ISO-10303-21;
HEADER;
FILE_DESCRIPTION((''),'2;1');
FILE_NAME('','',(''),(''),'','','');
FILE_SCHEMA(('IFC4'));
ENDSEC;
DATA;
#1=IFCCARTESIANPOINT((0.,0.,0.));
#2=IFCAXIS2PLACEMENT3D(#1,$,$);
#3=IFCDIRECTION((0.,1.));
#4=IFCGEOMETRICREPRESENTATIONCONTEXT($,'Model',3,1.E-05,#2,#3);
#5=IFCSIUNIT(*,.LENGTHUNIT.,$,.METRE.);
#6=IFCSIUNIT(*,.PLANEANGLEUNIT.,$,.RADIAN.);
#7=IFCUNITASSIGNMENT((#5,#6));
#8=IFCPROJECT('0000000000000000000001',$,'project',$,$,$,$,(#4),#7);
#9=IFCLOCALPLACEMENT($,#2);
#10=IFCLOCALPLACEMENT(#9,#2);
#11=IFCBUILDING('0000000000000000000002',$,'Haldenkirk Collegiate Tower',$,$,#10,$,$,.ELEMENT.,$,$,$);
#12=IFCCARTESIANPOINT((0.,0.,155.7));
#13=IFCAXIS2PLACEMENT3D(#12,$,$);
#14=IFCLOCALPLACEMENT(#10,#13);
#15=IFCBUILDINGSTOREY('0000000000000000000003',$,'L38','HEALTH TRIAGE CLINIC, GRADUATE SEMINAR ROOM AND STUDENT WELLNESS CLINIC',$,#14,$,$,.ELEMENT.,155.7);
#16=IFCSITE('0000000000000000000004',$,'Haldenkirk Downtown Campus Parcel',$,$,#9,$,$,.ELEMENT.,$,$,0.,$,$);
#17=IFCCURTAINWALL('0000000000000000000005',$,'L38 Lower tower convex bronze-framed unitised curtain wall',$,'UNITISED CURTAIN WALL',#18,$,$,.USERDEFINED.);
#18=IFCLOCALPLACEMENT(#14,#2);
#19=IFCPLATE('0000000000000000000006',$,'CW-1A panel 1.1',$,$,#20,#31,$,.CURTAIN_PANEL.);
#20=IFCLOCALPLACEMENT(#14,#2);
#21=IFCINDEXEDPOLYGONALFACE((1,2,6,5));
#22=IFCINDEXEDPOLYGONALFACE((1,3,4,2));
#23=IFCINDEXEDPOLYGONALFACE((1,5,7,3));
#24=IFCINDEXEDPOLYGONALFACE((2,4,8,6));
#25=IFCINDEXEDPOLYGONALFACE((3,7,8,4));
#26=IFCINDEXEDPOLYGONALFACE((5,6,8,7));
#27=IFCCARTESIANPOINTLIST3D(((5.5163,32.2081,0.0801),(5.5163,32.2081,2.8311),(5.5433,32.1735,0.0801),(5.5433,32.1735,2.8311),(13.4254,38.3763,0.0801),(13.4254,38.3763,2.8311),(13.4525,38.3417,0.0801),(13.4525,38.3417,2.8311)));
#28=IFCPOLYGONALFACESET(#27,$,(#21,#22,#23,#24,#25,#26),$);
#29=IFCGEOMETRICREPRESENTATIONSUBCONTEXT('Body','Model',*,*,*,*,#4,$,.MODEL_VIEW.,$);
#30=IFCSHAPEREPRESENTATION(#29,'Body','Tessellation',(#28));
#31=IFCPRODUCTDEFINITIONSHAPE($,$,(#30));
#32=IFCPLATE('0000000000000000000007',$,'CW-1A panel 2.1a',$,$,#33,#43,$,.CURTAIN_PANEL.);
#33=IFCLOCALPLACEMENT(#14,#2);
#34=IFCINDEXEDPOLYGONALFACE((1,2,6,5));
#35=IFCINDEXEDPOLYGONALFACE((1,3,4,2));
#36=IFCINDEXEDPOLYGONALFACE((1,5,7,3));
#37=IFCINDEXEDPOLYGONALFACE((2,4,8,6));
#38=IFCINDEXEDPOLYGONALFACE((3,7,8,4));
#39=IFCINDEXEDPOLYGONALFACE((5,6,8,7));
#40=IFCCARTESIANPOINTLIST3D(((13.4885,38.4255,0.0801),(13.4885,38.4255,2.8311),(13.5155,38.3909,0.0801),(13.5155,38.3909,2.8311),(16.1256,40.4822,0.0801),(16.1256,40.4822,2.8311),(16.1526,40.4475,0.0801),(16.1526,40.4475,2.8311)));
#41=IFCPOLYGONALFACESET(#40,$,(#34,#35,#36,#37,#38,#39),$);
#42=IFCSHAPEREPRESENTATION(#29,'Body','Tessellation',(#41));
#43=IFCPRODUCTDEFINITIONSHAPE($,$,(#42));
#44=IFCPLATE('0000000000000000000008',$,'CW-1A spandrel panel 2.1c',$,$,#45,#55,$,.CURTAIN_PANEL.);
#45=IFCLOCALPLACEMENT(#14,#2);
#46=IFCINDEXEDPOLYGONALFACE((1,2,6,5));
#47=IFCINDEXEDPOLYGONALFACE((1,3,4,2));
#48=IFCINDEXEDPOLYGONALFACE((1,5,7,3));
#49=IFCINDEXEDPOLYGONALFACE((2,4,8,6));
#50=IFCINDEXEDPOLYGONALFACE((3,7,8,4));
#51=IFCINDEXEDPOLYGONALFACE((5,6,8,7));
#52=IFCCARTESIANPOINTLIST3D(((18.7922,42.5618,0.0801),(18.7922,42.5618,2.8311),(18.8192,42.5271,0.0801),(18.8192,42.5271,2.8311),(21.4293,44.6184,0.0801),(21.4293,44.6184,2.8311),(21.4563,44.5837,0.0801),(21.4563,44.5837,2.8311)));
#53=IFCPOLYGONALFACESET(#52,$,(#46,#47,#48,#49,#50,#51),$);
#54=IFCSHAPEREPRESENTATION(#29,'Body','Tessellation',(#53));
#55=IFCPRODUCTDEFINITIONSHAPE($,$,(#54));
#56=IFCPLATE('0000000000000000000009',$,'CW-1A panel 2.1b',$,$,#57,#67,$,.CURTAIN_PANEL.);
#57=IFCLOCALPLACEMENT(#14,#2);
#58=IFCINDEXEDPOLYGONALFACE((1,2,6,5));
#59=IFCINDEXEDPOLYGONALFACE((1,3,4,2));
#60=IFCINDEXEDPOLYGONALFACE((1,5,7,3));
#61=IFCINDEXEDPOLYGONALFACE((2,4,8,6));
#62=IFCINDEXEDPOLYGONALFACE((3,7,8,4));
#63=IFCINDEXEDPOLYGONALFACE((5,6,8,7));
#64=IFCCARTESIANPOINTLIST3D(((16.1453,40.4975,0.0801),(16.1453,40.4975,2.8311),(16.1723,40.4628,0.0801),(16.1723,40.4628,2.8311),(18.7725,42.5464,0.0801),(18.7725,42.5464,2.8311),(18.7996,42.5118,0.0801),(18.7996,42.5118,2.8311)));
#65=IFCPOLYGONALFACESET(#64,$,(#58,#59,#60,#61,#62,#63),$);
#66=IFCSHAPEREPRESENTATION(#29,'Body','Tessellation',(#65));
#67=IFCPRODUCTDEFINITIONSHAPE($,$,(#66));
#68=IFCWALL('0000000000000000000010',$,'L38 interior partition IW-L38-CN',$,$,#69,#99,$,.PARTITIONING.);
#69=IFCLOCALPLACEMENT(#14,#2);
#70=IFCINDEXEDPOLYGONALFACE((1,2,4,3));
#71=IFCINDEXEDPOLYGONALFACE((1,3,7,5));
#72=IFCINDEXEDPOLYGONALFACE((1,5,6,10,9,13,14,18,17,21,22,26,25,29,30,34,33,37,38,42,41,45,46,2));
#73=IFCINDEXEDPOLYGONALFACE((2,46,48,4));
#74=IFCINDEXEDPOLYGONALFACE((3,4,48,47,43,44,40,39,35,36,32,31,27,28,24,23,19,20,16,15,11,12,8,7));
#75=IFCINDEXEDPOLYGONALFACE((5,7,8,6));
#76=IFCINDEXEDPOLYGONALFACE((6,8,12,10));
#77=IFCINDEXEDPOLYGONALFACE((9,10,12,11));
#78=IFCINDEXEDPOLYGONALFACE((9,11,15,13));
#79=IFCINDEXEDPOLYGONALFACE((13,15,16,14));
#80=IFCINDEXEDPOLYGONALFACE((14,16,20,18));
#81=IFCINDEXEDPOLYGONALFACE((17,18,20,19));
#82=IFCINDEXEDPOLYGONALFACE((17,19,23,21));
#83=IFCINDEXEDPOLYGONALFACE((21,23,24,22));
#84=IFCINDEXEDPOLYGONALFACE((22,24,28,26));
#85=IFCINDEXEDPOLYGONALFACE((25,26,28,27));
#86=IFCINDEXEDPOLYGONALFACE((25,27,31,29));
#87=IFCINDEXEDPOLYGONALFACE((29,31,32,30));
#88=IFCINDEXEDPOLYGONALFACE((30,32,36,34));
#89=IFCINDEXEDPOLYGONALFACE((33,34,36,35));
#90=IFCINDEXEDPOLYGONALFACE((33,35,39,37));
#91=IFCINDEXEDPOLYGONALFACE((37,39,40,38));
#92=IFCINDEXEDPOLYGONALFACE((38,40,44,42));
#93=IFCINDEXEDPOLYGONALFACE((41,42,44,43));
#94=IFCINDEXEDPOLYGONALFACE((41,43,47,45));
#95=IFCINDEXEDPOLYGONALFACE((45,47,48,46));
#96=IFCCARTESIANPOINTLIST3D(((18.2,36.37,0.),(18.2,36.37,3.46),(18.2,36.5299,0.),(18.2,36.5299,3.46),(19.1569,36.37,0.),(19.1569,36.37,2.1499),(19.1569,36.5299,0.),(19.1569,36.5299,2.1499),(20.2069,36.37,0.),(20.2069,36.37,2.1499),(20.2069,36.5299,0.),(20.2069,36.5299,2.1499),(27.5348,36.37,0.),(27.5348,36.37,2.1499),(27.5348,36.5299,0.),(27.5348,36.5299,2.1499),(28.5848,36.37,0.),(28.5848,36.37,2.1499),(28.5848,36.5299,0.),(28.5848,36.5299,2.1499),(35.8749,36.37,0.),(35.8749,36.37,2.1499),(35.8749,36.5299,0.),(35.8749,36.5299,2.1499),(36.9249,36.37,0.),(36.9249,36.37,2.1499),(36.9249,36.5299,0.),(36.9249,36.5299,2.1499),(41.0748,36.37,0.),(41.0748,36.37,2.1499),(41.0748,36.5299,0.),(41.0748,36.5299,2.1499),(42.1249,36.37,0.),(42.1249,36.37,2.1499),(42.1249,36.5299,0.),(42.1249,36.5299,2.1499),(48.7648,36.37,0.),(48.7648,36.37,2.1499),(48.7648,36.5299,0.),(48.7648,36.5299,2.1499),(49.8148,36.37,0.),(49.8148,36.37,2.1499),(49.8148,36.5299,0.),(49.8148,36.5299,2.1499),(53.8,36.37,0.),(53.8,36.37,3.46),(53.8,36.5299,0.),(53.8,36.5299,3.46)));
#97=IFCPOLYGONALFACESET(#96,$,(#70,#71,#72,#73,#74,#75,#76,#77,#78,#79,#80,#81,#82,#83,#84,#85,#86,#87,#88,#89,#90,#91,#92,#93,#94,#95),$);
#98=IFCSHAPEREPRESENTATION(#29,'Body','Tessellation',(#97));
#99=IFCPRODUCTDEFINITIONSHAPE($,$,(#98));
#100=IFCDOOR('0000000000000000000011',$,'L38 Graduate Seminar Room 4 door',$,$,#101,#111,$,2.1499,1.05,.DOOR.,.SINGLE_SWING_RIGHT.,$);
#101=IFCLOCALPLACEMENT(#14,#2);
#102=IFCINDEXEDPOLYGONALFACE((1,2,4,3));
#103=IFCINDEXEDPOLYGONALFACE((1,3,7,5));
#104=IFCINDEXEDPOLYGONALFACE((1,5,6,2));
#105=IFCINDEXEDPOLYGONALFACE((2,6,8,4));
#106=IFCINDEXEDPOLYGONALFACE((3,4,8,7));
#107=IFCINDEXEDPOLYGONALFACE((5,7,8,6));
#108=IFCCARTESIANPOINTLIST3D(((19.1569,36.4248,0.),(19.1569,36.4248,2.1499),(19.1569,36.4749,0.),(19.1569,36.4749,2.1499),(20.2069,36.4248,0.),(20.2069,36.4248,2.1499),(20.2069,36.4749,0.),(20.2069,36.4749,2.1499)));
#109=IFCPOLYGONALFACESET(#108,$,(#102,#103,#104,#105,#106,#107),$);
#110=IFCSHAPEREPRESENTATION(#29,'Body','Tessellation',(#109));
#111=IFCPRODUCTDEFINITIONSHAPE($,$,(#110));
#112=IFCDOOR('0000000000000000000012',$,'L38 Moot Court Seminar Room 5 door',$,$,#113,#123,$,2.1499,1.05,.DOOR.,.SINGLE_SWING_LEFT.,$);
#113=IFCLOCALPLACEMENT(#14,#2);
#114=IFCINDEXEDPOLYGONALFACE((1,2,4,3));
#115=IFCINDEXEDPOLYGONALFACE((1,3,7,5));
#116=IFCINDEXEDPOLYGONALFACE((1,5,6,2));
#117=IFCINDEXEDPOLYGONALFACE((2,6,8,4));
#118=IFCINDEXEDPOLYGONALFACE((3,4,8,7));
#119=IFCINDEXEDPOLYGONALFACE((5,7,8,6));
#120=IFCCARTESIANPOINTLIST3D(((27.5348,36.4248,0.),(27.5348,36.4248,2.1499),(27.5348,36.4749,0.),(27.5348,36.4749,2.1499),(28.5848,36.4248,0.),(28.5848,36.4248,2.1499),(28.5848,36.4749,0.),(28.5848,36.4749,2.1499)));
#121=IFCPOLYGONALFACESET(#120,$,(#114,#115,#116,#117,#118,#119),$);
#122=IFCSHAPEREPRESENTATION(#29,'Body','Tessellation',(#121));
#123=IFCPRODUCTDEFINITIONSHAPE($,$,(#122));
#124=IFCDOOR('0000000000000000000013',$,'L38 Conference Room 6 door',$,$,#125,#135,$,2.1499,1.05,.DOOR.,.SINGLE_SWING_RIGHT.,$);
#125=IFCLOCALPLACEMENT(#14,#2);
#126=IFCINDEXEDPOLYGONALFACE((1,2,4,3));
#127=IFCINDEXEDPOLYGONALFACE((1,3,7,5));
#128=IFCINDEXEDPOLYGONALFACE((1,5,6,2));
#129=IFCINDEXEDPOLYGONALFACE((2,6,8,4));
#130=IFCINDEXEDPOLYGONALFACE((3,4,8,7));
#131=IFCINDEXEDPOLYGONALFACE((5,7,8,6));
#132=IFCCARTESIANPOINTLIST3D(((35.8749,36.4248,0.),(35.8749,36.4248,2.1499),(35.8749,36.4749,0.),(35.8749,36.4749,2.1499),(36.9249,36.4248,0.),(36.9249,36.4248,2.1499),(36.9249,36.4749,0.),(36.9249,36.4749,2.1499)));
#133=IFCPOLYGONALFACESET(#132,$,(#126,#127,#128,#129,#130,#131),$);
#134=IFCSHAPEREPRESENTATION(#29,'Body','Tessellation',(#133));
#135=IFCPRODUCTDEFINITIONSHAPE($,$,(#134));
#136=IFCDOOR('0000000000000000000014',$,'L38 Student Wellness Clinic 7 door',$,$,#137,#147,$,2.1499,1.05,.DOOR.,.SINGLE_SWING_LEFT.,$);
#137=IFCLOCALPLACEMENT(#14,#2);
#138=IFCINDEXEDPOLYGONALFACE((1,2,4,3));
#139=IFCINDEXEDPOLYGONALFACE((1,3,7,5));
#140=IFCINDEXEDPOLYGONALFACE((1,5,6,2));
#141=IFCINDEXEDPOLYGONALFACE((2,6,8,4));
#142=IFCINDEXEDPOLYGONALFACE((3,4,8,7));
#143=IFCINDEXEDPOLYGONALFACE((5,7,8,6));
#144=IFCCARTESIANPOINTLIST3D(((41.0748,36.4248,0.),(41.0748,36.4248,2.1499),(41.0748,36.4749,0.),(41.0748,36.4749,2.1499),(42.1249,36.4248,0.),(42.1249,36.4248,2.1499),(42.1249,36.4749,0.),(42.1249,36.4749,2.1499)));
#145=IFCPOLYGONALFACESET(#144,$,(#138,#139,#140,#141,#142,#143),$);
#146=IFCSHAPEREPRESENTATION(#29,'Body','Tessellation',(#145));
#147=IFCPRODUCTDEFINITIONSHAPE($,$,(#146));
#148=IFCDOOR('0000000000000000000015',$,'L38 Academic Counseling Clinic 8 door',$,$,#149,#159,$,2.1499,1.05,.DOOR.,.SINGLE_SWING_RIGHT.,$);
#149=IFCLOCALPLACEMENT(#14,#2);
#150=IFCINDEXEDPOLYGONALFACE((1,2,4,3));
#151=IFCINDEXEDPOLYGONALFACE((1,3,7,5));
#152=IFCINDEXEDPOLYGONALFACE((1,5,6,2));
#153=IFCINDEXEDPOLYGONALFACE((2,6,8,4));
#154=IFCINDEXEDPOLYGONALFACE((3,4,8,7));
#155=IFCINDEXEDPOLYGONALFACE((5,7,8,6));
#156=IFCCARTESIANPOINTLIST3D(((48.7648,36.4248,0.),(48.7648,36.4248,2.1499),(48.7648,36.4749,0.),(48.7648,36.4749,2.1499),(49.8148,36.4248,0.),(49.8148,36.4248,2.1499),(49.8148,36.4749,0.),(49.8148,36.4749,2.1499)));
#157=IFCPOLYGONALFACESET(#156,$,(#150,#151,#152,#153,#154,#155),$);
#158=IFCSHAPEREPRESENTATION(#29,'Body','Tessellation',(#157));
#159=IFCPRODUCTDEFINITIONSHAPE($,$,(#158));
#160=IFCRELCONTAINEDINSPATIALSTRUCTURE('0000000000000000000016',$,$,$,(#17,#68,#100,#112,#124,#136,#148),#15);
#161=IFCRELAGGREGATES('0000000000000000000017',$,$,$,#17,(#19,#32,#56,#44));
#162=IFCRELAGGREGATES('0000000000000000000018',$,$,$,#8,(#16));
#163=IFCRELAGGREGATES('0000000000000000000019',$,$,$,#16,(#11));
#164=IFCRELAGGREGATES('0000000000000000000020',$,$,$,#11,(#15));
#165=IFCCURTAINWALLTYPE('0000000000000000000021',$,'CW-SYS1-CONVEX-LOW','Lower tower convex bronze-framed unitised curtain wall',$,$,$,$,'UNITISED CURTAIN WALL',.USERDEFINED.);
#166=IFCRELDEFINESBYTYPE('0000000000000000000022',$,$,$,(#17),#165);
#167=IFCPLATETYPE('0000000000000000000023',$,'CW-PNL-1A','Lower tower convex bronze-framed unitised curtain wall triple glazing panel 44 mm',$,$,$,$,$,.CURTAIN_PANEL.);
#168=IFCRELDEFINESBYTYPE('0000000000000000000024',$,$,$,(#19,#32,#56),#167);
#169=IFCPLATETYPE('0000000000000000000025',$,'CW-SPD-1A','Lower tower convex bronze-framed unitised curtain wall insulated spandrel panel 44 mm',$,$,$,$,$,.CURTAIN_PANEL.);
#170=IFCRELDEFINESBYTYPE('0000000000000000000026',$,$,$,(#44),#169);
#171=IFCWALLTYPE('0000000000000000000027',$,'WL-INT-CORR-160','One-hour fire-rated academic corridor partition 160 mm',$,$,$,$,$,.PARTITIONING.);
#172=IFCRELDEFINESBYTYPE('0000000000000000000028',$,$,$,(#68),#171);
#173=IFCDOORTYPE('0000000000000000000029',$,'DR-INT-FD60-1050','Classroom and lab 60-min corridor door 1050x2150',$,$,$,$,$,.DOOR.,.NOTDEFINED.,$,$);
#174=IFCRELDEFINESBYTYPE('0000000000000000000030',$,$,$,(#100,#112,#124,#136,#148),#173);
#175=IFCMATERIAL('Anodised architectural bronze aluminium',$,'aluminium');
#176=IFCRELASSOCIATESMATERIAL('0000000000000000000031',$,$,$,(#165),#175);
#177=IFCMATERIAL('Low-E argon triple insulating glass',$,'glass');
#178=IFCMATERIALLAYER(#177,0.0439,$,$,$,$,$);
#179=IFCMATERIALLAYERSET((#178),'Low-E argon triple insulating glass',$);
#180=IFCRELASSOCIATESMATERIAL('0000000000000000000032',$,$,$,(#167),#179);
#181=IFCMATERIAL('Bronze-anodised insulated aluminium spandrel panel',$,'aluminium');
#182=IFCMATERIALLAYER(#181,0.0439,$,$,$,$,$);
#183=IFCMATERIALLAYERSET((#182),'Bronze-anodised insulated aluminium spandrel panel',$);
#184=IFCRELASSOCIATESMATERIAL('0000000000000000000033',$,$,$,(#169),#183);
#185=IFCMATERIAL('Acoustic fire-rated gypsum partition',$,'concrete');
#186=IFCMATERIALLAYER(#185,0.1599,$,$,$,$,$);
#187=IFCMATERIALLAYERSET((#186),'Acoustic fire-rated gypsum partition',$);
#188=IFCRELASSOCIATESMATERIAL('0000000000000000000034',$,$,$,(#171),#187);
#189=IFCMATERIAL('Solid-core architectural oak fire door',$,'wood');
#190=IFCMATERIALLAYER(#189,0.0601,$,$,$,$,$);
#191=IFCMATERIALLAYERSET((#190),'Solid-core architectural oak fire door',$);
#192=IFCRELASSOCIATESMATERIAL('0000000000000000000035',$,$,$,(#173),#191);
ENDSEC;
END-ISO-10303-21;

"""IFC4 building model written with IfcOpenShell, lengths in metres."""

from ifc_helpers import new_model, si_unit, direction, frame, frame_2d, origin, origin_2d, place, context, subcontext, project, spatial, rectangle, extrude, source, transform, mapped, material, layer, layer_set, type_object, element, fill, aggregate, save


model = new_model("IFC4")

# Units and contexts
model_context = context("Model", 3, precision=1e-05, world=origin(), true_north=direction((0.0, 1.0)))
body_context = subcontext(model_context, "Body", "Model", "MODEL_VIEW")
ifc_project = project(units=[si_unit("LENGTHUNIT", "METRE"), si_unit("PLANEANGLEUNIT", "RADIAN")], contexts=[model_context])

# Site, building, storey
site_placement = place(None, origin())
site = spatial("IfcSite", under=ifc_project, at=site_placement, Name="Haldenkirk Downtown Campus Parcel", CompositionType="ELEMENT", RefElevation=0.0)
building_placement = place(site_placement, origin())
building = spatial("IfcBuilding", under=site, at=building_placement, Name="Haldenkirk Collegiate Tower", CompositionType="ELEMENT")
storey_placement = place(building_placement, frame((0.0, 0.0, 155.7)))
storey = spatial("IfcBuildingStorey", under=building, at=storey_placement, Name="L38", Description="HEALTH TRIAGE CLINIC, GRADUATE SEMINAR ROOM AND STUDENT WELLNESS CLINIC", CompositionType="ELEMENT", Elevation=155.7)

# Curtain wall, plates
ifc_material_1 = material(Name="Anodised architectural bronze aluminium", Category="aluminium")
curtain_wall_type = type_object("IfcCurtainWallType", Name="CW-SYS1-CONVEX-LOW", Description="Lower tower convex bronze-framed unitised curtain wall", ElementType="UNITISED CURTAIN WALL", PredefinedType="USERDEFINED", material=ifc_material_1)
curtain_wall_placement = place(storey_placement, origin())
curtain_wall = element("IfcCurtainWall", 1, at=curtain_wall_placement, inside=storey, type_object=curtain_wall_type, Name="L38 Lower tower convex bronze-framed unitised curtain wall", ObjectType="UNITISED CURTAIN WALL", PredefinedType="USERDEFINED")
ifc_material_2 = material(Name="Low-E argon triple insulating glass", Category="glass")
ifc_layer_1 = layer(ifc_material_2, 0.0439)
ifc_layer_set_1 = layer_set([ifc_layer_1], Name="Low-E argon triple insulating glass")
plate_type_1 = type_object("IfcPlateType", Name="CW-PNL-1A", Description="Lower tower convex bronze-framed unitised curtain wall triple glazing panel 44 mm", PredefinedType="CURTAIN_PANEL", material=ifc_layer_set_1)
shared_shape_1 = source(origin(), body_context, "Body", "SweptSolid", [
    extrude(rectangle(XDim=10.03, YDim=0.0439, at=origin_2d()), origin(), (0.0, 0.0, 1.0), 2.751),
])
plate_1_placement = place(storey_placement, frame((9.4844, 35.2749, 0.0801), z_axis=(0.0, 0.0, 1.0), x_axis=(0.788548, 0.614974, 0.0)))
plate_1 = element("IfcPlate", 2, at=plate_1_placement, type_object=plate_type_1, Name="CW-1A panel 1.1", PredefinedType="CURTAIN_PANEL", context=body_context, shape_type="MappedRepresentation", body=[
    mapped(shared_shape_1, transform((0.0, 0.0, 0.0), x_axis=(1.0, 0.0, 0.0), y_axis=(0.0, 1.0, 0.0), z_axis=(0.0, 0.0, 1.0), scale=1.0)),
])
shared_shape_2 = source(origin(), body_context, "Body", "SweptSolid", [
    extrude(rectangle(XDim=3.3442, YDim=0.0439, at=origin_2d()), origin(), (0.0, 0.0, 1.0), 2.751),
])
plate_2_placement = place(storey_placement, frame((14.8206, 39.4365, 0.0801), z_axis=(0.0, 0.0, 1.0), x_axis=(0.788548, 0.614974, 0.0)))
plate_2 = element("IfcPlate", 3, at=plate_2_placement, type_object=plate_type_1, Name="CW-1A panel 2.1a", PredefinedType="CURTAIN_PANEL", context=body_context, shape_type="MappedRepresentation", body=[
    mapped(shared_shape_2, transform((0.0, 0.0, 0.0), x_axis=(1.0, 0.0, 0.0), y_axis=(0.0, 1.0, 0.0), z_axis=(0.0, 0.0, 1.0), scale=1.0)),
])
ifc_material_3 = material(Name="Bronze-anodised insulated aluminium spandrel panel", Category="aluminium")
ifc_layer_2 = layer(ifc_material_3, 0.0439)
ifc_layer_set_2 = layer_set([ifc_layer_2], Name="Bronze-anodised insulated aluminium spandrel panel")
plate_type_2 = type_object("IfcPlateType", Name="CW-SPD-1A", Description="Lower tower convex bronze-framed unitised curtain wall insulated spandrel panel 44 mm", PredefinedType="CURTAIN_PANEL", material=ifc_layer_set_2)
plate_3_placement = place(storey_placement, frame((20.1243, 43.5728, 0.0801), z_axis=(0.0, 0.0, 1.0), x_axis=(0.788548, 0.614974, 0.0)))
plate_3 = element("IfcPlate", 4, at=plate_3_placement, type_object=plate_type_2, Name="CW-1A spandrel panel 2.1c", PredefinedType="CURTAIN_PANEL", context=body_context, shape_type="MappedRepresentation", body=[
    mapped(shared_shape_2, transform((0.0, 0.0, 0.0), x_axis=(1.0, 0.0, 0.0), y_axis=(0.0, 1.0, 0.0), z_axis=(0.0, 0.0, 1.0), scale=1.0)),
])
shared_shape_3 = source(origin(), body_context, "Body", "SweptSolid", [
    extrude(rectangle(XDim=3.3318, YDim=0.0439, at=origin_2d()), origin(), (0.0, 0.0, 1.0), 2.751),
])
plate_4_placement = place(storey_placement, frame((17.4724, 41.5046, 0.0801), z_axis=(0.0, 0.0, 1.0), x_axis=(0.788548, 0.614974, 0.0)))
plate_4 = element("IfcPlate", 5, at=plate_4_placement, type_object=plate_type_1, Name="CW-1A panel 2.1b", PredefinedType="CURTAIN_PANEL", context=body_context, shape_type="MappedRepresentation", body=[
    mapped(shared_shape_3, transform((0.0, 0.0, 0.0), x_axis=(1.0, 0.0, 0.0), y_axis=(0.0, 1.0, 0.0), z_axis=(0.0, 0.0, 1.0), scale=1.0)),
])
aggregate(curtain_wall, [plate_1, plate_2, plate_4, plate_3])

# Wall, openings, doors
ifc_material_4 = material(Name="Acoustic fire-rated gypsum partition", Category="concrete")
ifc_layer_3 = layer(ifc_material_4, 0.1599)
ifc_layer_set_3 = layer_set([ifc_layer_3], Name="Acoustic fire-rated gypsum partition")
wall_type_1 = type_object("IfcWallType", Name="WL-INT-CORR-160", Description="One-hour fire-rated academic corridor partition 160 mm", PredefinedType="PARTITIONING", material=ifc_layer_set_3)
wall_1_placement = place(storey_placement, frame((18.2, 36.45, 0.0), z_axis=(0.0, 0.0, 1.0), x_axis=(1.0, 0.0, 0.0)))
wall_1 = element("IfcWall", 6, at=wall_1_placement, inside=storey, type_object=wall_type_1, Name="L38 interior partition IW-L38-CN", PredefinedType="PARTITIONING", context=body_context, shape_type="SweptSolid", body=[
    extrude(rectangle(XDim=35.6001, YDim=0.1599, at=frame_2d((17.8, 0.0))), origin(), (0.0, 0.0, 1.0), 3.46),
])
opening_1_placement = place(wall_1_placement, frame((0.957, 0.0, 0.0)))
opening_1 = element("IfcOpeningElement", 7, at=opening_1_placement, cuts=wall_1, PredefinedType="OPENING", context=body_context, shape_type="SweptSolid", body=[
    extrude(rectangle(XDim=1.05, YDim=2.1499, at=frame_2d((0.5249, 1.075))), frame((0.0, 0.0898, 0.0), z_axis=(0.0, -1.0, 0.0), x_axis=(1.0, 0.0, 0.0)), (0.0, 0.0, 1.0), 0.1799),
])
opening_2_placement = place(wall_1_placement, frame((9.335, 0.0, 0.0)))
opening_2 = element("IfcOpeningElement", 8, at=opening_2_placement, cuts=wall_1, PredefinedType="OPENING", context=body_context, shape_type="SweptSolid", body=[
    extrude(rectangle(XDim=1.05, YDim=2.1499, at=frame_2d((0.5249, 1.075))), frame((0.0, 0.0898, 0.0), z_axis=(0.0, -1.0, 0.0), x_axis=(1.0, 0.0, 0.0)), (0.0, 0.0, 1.0), 0.1799),
])
opening_3_placement = place(wall_1_placement, frame((17.675, 0.0, 0.0)))
opening_3 = element("IfcOpeningElement", 9, at=opening_3_placement, cuts=wall_1, PredefinedType="OPENING", context=body_context, shape_type="SweptSolid", body=[
    extrude(rectangle(XDim=1.05, YDim=2.1499, at=frame_2d((0.5249, 1.075))), frame((0.0, 0.0898, 0.0), z_axis=(0.0, -1.0, 0.0), x_axis=(1.0, 0.0, 0.0)), (0.0, 0.0, 1.0), 0.1799),
])
opening_4_placement = place(wall_1_placement, frame((22.875, 0.0, 0.0)))
opening_4 = element("IfcOpeningElement", 10, at=opening_4_placement, cuts=wall_1, PredefinedType="OPENING", context=body_context, shape_type="SweptSolid", body=[
    extrude(rectangle(XDim=1.05, YDim=2.1499, at=frame_2d((0.5249, 1.075))), frame((0.0, 0.0898, 0.0), z_axis=(0.0, -1.0, 0.0), x_axis=(1.0, 0.0, 0.0)), (0.0, 0.0, 1.0), 0.1799),
])
opening_5_placement = place(wall_1_placement, frame((30.5649, 0.0, 0.0)))
opening_5 = element("IfcOpeningElement", 11, at=opening_5_placement, cuts=wall_1, PredefinedType="OPENING", context=body_context, shape_type="SweptSolid", body=[
    extrude(rectangle(XDim=1.05, YDim=2.1499, at=frame_2d((0.5249, 1.075))), frame((0.0, 0.0898, 0.0), z_axis=(0.0, -1.0, 0.0), x_axis=(1.0, 0.0, 0.0)), (0.0, 0.0, 1.0), 0.1799),
])
ifc_material_5 = material(Name="Solid-core architectural oak fire door", Category="wood")
ifc_layer_4 = layer(ifc_material_5, 0.0601)
ifc_layer_set_4 = layer_set([ifc_layer_4], Name="Solid-core architectural oak fire door")
door_type = type_object("IfcDoorType", Name="DR-INT-FD60-1050", Description="Classroom and lab 60-min corridor door 1050x2150", OperationType="NOTDEFINED", PredefinedType="DOOR", material=ifc_layer_set_4)
door_1_placement = place(opening_1_placement, origin())
door_1 = element("IfcDoor", 12, at=door_1_placement, inside=storey, type_object=door_type, Name="L38 Graduate Seminar Room 4 door", OperationType="SINGLE_SWING_RIGHT", OverallHeight=2.1499, OverallWidth=1.05, PredefinedType="DOOR", context=body_context, shape_type="SweptSolid", body=[
    extrude(rectangle(XDim=1.05, YDim=2.1499, at=frame_2d((0.5249, 1.075))), frame((0.0, 0.0249, 0.0), z_axis=(0.0, -1.0, 0.0), x_axis=(1.0, 0.0, 0.0)), (0.0, 0.0, 1.0), 0.05),
])
fill(opening_1, door_1)
door_2_placement = place(opening_2_placement, origin())
door_2 = element("IfcDoor", 13, at=door_2_placement, inside=storey, type_object=door_type, Name="L38 Moot Court Seminar Room 5 door", OperationType="SINGLE_SWING_LEFT", OverallHeight=2.1499, OverallWidth=1.05, PredefinedType="DOOR", context=body_context, shape_type="SweptSolid", body=[
    extrude(rectangle(XDim=1.05, YDim=2.1499, at=frame_2d((0.5249, 1.075))), frame((0.0, 0.0249, 0.0), z_axis=(0.0, -1.0, 0.0), x_axis=(1.0, 0.0, 0.0)), (0.0, 0.0, 1.0), 0.05),
])
fill(opening_2, door_2)
door_3_placement = place(opening_3_placement, origin())
door_3 = element("IfcDoor", 14, at=door_3_placement, inside=storey, type_object=door_type, Name="L38 Conference Room 6 door", OperationType="SINGLE_SWING_RIGHT", OverallHeight=2.1499, OverallWidth=1.05, PredefinedType="DOOR", context=body_context, shape_type="SweptSolid", body=[
    extrude(rectangle(XDim=1.05, YDim=2.1499, at=frame_2d((0.5249, 1.075))), frame((0.0, 0.0249, 0.0), z_axis=(0.0, -1.0, 0.0), x_axis=(1.0, 0.0, 0.0)), (0.0, 0.0, 1.0), 0.05),
])
fill(opening_3, door_3)
door_4_placement = place(opening_4_placement, origin())
door_4 = element("IfcDoor", 15, at=door_4_placement, inside=storey, type_object=door_type, Name="L38 Student Wellness Clinic 7 door", OperationType="SINGLE_SWING_LEFT", OverallHeight=2.1499, OverallWidth=1.05, PredefinedType="DOOR", context=body_context, shape_type="SweptSolid", body=[
    extrude(rectangle(XDim=1.05, YDim=2.1499, at=frame_2d((0.5249, 1.075))), frame((0.0, 0.0249, 0.0), z_axis=(0.0, -1.0, 0.0), x_axis=(1.0, 0.0, 0.0)), (0.0, 0.0, 1.0), 0.05),
])
fill(opening_4, door_4)
door_5_placement = place(opening_5_placement, origin())
door_5 = element("IfcDoor", 16, at=door_5_placement, inside=storey, type_object=door_type, Name="L38 Academic Counseling Clinic 8 door", OperationType="SINGLE_SWING_RIGHT", OverallHeight=2.1499, OverallWidth=1.05, PredefinedType="DOOR", context=body_context, shape_type="SweptSolid", body=[
    extrude(rectangle(XDim=1.05, YDim=2.1499, at=frame_2d((0.5249, 1.075))), frame((0.0, 0.0249, 0.0), z_axis=(0.0, -1.0, 0.0), x_axis=(1.0, 0.0, 0.0)), (0.0, 0.0, 1.0), 0.05),
])
fill(opening_5, door_5)

save(model, "model.ifc")
